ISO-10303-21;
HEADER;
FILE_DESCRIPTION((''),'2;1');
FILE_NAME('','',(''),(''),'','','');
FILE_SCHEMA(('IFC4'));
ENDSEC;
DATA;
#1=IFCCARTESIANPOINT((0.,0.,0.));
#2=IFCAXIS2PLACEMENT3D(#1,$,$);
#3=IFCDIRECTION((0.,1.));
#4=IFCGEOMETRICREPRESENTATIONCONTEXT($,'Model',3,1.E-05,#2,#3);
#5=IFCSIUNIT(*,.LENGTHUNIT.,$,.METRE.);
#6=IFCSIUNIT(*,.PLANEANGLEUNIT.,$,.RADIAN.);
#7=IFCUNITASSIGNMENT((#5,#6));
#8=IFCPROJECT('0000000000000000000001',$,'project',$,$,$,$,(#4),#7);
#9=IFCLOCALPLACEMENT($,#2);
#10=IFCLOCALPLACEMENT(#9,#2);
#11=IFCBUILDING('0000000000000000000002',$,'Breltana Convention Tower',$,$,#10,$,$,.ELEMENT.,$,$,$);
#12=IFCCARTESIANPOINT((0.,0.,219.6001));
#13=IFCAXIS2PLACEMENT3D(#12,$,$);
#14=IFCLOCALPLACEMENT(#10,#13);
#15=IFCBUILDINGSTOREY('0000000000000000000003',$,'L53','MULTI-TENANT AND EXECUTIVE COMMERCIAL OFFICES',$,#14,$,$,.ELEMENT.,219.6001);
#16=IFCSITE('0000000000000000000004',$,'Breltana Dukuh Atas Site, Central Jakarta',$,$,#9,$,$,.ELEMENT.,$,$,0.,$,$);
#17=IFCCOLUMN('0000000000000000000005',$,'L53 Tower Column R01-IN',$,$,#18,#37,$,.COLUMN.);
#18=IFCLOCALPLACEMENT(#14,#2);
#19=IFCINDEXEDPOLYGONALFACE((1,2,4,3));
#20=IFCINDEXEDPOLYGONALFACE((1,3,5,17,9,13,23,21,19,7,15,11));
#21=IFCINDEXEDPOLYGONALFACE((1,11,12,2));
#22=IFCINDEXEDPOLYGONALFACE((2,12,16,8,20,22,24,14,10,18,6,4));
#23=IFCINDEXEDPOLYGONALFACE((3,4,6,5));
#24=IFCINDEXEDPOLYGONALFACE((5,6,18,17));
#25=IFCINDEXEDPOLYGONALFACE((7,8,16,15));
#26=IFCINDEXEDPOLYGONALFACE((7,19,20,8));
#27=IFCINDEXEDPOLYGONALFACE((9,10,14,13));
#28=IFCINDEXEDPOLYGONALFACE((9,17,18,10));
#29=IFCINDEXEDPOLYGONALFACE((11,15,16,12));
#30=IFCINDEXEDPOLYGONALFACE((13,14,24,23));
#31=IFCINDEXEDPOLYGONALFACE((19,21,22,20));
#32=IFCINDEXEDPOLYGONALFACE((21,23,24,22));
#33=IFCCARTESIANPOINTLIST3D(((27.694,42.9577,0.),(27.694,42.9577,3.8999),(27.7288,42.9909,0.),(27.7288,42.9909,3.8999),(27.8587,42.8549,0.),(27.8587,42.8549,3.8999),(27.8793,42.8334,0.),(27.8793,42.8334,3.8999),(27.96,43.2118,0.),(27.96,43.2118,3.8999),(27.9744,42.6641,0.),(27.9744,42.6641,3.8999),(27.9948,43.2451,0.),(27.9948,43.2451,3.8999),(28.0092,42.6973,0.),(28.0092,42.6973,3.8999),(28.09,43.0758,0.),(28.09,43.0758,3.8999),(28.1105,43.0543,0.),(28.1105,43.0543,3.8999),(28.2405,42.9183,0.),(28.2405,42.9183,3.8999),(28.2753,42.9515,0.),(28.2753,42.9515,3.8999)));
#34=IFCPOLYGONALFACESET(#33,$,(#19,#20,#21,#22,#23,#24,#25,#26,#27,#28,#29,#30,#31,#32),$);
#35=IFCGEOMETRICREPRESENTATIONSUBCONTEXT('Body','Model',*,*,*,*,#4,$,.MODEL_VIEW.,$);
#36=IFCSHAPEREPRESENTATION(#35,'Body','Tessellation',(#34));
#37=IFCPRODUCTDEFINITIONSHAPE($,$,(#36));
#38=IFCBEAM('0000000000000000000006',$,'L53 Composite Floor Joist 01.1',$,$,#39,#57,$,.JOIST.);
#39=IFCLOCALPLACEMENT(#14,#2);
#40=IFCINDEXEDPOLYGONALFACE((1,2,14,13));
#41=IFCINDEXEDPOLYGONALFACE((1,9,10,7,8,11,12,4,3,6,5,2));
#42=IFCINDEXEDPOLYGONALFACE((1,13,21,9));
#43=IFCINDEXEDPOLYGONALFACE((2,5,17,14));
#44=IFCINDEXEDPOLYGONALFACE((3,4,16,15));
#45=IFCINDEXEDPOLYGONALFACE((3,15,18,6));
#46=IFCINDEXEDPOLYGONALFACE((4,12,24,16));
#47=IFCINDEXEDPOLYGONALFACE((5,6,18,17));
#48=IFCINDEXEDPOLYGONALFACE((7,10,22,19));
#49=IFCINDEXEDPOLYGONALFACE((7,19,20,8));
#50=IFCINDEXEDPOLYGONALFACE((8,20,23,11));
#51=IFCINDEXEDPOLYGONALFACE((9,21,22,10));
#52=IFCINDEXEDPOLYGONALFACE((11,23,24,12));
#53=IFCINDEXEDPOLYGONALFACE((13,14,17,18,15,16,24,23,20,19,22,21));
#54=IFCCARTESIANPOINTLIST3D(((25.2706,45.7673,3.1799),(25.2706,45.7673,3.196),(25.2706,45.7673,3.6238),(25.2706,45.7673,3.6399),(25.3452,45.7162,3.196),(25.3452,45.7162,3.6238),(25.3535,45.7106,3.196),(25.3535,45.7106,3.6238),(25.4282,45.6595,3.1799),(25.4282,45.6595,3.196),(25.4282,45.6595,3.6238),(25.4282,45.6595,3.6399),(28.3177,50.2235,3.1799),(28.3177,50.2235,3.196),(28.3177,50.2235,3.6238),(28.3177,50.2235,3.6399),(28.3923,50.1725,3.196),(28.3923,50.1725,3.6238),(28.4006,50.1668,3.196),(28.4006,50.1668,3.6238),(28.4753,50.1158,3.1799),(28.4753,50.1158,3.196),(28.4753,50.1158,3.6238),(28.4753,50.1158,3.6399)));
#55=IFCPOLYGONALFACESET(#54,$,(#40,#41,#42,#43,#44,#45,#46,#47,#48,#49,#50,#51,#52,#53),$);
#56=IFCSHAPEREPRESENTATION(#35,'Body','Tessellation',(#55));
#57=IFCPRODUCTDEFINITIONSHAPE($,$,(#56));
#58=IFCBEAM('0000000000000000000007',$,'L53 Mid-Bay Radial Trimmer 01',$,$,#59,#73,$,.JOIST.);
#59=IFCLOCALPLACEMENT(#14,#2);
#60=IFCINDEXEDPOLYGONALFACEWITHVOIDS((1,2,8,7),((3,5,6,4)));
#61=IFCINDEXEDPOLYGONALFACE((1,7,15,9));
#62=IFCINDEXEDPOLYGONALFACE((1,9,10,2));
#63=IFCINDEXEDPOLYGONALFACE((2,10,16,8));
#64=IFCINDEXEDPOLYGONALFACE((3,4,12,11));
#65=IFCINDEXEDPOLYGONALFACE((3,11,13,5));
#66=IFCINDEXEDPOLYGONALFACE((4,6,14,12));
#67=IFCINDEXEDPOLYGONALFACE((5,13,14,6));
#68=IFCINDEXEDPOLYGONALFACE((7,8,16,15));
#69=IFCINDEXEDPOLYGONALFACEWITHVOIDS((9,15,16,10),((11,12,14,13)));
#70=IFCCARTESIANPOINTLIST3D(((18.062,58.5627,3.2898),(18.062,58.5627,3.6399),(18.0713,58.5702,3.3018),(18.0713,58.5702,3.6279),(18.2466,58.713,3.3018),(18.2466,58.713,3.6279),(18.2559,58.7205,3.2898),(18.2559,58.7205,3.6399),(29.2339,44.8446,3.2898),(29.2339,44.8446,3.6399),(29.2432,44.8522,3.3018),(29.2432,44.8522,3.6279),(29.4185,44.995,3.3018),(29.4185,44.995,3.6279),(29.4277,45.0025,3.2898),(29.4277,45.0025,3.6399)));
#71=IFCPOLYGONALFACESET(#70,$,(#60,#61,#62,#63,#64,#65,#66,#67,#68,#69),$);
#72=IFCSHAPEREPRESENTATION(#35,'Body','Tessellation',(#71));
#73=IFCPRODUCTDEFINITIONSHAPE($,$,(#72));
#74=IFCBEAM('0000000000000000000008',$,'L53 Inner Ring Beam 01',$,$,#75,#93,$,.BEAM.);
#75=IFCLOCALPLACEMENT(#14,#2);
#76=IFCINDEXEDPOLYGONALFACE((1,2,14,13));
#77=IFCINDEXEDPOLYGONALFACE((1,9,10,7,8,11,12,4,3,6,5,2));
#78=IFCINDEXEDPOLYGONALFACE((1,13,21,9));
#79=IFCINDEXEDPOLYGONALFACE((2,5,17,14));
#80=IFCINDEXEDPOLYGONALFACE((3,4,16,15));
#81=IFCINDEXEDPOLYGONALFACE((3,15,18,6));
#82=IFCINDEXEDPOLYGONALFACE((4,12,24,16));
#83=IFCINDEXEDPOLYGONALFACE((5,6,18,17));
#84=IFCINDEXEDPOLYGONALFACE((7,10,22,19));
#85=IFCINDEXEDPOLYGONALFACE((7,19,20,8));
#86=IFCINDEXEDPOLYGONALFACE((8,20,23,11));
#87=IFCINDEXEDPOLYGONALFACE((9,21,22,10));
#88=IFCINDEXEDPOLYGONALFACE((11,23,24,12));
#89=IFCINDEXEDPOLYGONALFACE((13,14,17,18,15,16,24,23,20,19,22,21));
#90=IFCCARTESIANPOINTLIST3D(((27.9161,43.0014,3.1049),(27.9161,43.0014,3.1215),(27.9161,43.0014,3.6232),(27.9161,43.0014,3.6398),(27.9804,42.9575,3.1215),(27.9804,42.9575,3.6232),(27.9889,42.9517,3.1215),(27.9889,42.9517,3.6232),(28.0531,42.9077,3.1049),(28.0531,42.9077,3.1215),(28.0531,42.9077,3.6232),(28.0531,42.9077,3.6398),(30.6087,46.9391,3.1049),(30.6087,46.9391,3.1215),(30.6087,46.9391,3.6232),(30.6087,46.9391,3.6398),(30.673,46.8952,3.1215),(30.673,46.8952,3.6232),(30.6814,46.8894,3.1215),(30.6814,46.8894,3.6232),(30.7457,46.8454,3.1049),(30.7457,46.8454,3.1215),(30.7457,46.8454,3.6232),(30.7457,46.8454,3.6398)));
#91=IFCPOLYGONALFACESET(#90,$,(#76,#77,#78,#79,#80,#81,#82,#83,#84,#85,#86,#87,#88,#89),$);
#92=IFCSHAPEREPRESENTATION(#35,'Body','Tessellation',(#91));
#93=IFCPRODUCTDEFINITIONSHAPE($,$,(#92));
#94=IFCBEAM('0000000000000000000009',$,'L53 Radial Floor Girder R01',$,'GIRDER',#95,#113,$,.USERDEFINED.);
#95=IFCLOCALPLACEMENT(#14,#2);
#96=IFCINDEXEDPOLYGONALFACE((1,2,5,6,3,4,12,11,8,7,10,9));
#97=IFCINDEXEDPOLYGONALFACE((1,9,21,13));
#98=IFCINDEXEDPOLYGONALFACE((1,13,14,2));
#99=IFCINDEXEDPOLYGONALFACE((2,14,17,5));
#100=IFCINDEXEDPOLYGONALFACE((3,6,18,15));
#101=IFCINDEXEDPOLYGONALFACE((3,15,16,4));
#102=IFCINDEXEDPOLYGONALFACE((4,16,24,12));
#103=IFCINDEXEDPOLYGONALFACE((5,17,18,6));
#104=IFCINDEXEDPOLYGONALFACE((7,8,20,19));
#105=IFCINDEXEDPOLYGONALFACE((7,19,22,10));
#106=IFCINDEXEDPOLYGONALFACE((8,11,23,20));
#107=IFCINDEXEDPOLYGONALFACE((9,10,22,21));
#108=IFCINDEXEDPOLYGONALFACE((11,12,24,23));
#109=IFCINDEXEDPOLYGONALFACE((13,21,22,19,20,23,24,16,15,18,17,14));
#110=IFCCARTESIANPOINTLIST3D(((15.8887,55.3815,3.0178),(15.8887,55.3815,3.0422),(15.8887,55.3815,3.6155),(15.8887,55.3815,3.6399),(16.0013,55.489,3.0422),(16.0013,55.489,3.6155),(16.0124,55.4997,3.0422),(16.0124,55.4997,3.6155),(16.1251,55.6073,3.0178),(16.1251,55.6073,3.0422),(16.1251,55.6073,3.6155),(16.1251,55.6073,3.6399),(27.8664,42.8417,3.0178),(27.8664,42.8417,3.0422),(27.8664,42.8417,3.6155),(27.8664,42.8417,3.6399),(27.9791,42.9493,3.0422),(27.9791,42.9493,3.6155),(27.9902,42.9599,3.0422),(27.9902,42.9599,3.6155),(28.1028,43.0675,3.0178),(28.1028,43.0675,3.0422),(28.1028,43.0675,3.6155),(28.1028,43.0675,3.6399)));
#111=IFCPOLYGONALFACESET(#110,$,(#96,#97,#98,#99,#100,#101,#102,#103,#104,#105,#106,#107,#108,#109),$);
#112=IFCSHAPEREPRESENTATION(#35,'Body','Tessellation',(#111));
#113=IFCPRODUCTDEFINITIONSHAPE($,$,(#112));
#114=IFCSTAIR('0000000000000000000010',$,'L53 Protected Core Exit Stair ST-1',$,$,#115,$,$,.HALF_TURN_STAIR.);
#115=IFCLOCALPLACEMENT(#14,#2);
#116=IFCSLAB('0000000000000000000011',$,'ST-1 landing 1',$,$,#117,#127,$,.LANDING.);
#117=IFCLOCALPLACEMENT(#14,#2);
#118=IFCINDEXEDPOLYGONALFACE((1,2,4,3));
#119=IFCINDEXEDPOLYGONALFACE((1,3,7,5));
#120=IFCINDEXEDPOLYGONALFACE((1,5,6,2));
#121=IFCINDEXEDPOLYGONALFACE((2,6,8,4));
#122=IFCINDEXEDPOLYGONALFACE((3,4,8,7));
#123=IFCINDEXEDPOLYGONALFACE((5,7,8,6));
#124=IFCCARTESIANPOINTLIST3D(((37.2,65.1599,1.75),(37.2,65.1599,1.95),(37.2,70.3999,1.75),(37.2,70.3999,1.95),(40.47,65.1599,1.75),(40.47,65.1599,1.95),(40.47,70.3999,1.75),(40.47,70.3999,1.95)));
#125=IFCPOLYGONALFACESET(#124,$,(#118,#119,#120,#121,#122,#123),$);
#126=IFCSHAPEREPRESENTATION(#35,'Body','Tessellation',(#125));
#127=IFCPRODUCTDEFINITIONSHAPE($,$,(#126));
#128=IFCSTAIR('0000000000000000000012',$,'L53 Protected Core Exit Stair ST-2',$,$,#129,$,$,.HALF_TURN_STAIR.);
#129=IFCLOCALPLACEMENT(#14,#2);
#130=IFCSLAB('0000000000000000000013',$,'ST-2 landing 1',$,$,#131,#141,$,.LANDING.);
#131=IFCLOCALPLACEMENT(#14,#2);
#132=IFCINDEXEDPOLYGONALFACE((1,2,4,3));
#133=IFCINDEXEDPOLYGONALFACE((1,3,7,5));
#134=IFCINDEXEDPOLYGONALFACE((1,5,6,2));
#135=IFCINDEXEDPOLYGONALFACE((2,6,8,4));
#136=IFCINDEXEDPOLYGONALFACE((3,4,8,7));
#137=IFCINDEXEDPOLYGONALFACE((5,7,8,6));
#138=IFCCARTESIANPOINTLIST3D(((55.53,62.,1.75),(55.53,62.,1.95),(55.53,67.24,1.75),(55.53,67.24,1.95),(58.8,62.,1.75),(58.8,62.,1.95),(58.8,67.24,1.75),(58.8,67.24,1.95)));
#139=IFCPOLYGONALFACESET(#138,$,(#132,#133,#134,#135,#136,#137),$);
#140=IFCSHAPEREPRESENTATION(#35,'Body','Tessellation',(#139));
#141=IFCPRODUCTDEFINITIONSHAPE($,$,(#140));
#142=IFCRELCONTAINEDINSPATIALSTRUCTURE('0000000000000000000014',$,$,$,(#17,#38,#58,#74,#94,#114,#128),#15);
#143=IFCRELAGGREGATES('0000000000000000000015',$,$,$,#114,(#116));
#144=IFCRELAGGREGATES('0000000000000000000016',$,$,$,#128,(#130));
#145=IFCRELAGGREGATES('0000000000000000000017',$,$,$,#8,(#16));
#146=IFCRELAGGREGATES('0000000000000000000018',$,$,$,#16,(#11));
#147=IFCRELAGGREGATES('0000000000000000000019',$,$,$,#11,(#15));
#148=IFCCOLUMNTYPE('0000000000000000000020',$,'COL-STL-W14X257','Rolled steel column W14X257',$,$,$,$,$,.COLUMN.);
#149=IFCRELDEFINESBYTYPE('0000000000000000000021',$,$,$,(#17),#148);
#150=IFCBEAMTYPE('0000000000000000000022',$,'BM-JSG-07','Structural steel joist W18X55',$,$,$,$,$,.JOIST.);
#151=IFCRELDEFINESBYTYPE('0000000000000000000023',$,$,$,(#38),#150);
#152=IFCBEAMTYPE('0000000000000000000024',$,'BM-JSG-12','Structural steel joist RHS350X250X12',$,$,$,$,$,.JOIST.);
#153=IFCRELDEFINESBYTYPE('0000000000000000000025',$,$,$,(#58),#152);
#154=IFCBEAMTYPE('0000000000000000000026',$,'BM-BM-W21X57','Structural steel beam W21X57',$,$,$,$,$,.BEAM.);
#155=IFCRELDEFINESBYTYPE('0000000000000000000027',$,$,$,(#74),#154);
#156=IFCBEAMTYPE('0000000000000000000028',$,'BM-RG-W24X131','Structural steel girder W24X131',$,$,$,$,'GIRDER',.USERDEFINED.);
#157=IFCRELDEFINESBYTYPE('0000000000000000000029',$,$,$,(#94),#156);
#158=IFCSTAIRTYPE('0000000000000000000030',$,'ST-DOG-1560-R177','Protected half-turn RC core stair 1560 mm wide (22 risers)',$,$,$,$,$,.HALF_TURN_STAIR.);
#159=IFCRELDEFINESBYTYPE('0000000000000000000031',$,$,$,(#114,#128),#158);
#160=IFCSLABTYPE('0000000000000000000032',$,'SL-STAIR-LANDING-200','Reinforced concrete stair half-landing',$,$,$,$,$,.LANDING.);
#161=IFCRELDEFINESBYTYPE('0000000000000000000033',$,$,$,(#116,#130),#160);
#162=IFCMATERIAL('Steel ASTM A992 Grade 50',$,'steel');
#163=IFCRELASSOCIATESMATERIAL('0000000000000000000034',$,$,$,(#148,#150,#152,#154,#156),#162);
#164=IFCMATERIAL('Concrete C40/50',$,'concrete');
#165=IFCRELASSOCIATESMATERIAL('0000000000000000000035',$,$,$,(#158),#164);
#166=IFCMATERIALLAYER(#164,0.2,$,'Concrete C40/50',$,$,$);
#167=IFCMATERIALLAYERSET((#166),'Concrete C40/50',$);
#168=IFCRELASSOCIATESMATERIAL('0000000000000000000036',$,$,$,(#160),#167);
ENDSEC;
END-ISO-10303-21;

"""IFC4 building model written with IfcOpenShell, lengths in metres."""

from ifc_helpers import new_model, si_unit, direction, frame, origin, origin_2d, place, context, subcontext, project, spatial, polyline, hollow_rectangle, i_section, outline, extrude, source, transform, mapped, material, layer, layer_set, material_profile, profile_set, type_object, type_shapes, element, aggregate, save


model = new_model("IFC4")

# Units and contexts
model_context = context("Model", 3, precision=1e-05, world=origin(), true_north=direction((0.0, 1.0)))
body_context = subcontext(model_context, "Body", "Model", "MODEL_VIEW")
ifc_project = project(units=[si_unit("LENGTHUNIT", "METRE"), si_unit("PLANEANGLEUNIT", "RADIAN")], contexts=[model_context])

# Site, building, storey
site_placement = place(None, origin())
site = spatial("IfcSite", under=ifc_project, at=site_placement, Name="Breltana Dukuh Atas Site, Central Jakarta", CompositionType="ELEMENT", RefElevation=0.0)
building_placement = place(site_placement, origin())
building = spatial("IfcBuilding", under=site, at=building_placement, Name="Breltana Convention Tower", CompositionType="ELEMENT")
storey_placement = place(building_placement, frame((0.0, 0.0, 219.6001)))
storey = spatial("IfcBuildingStorey", under=building, at=storey_placement, Name="L53", Description="MULTI-TENANT AND EXECUTIVE COMMERCIAL OFFICES", CompositionType="ELEMENT", Elevation=219.6001)

# Column
ifc_material_1 = material(Name="Steel ASTM A992 Grade 50", Category="steel")
ifc_material_profile_1 = material_profile(ifc_material_1, i_section(OverallWidth=0.406, OverallDepth=0.416, WebThickness=0.0298, FlangeThickness=0.0481, at=origin_2d()), Name="W14X257")
ifc_profile_set_1 = profile_set([ifc_material_profile_1], Name="Steel ASTM A992 Grade 50")
column_type = type_object("IfcColumnType", Name="COL-STL-W14X257", Description="Rolled steel column W14X257", PredefinedType="COLUMN", material=ifc_profile_set_1)
shared_shape_1 = source(origin(), body_context, "Body", "SweptSolid", [
    extrude(i_section(OverallWidth=0.406, OverallDepth=0.416, WebThickness=0.0298, FlangeThickness=0.0481, at=origin_2d()), origin(), (0.0, 0.0, 1.0), 3.8999),
])
column_placement = place(storey_placement, frame((27.9846, 42.9546, 0.0), z_axis=(0.0, 0.0, 1.0), x_axis=(-0.690756, 0.723088, 0.0)))
element("IfcColumn", 1, at=column_placement, inside=storey, type_object=column_type, Name="L53 Tower Column R01-IN", PredefinedType="COLUMN", context=body_context, shape_type="MappedRepresentation", body=[
    mapped(shared_shape_1, transform((0.0, 0.0, 0.0), scale=1.0)),
])

# Beams
ifc_material_profile_2 = material_profile(ifc_material_1, i_section(OverallWidth=0.1909, OverallDepth=0.46, WebThickness=0.01, FlangeThickness=0.0161, at=origin_2d()), Name="W18X55")
ifc_profile_set_2 = profile_set([ifc_material_profile_2], Name="Steel ASTM A992 Grade 50")
beam_type_1 = type_object("IfcBeamType", Name="BM-JSG-07", Description="Structural steel joist W18X55", PredefinedType="JOIST", material=ifc_profile_set_2)
shared_shape_2 = source(origin(), body_context, "Body", "SweptSolid", [
    extrude(i_section(OverallWidth=0.1909, OverallDepth=0.46, WebThickness=0.01, FlangeThickness=0.0161, at=origin_2d()), origin(), (0.0, 0.0, 1.0), 5.3984),
])
type_shapes(beam_type_1, [shared_shape_2])
beam_1_placement = place(storey_placement, frame((25.3494, 45.7134, 3.4099), z_axis=(0.564441, 0.825474, 0.0), x_axis=(-0.825474, 0.564441, 0.0)))
element("IfcBeam", 2, at=beam_1_placement, inside=storey, type_object=beam_type_1, Name="L53 Composite Floor Joist 01.1", PredefinedType="JOIST", context=body_context, shape_type="MappedRepresentation", body=[
    mapped(shared_shape_2, transform((0.0, 0.0, 0.0), scale=1.0)),
])
ifc_material_profile_3 = material_profile(ifc_material_1, hollow_rectangle(XDim=0.25, YDim=0.3501, WallThickness=0.012, at=origin_2d()), Name="RHS350X250X12")
ifc_profile_set_3 = profile_set([ifc_material_profile_3], Name="Steel ASTM A992 Grade 50")
beam_type_2 = type_object("IfcBeamType", Name="BM-JSG-12", Description="Structural steel joist RHS350X250X12", PredefinedType="JOIST", material=ifc_profile_set_3)
shared_shape_3 = source(origin(), body_context, "Body", "SweptSolid", [
    extrude(hollow_rectangle(XDim=0.25, YDim=0.3501, WallThickness=0.012, at=origin_2d()), origin(), (0.0, 0.0, 1.0), 17.6917),
])
type_shapes(beam_type_2, [shared_shape_3])
beam_2_placement = place(storey_placement, frame((29.3308, 44.9236, 3.4648), z_axis=(-0.631477, 0.775395, 0.0), x_axis=(-0.775395, -0.631477, 0.0)))
element("IfcBeam", 3, at=beam_2_placement, inside=storey, type_object=beam_type_2, Name="L53 Mid-Bay Radial Trimmer 01", PredefinedType="JOIST", context=body_context, shape_type="MappedRepresentation", body=[
    mapped(shared_shape_3, transform((0.0, 0.0, 0.0), scale=1.0)),
])
ifc_material_profile_4 = material_profile(ifc_material_1, i_section(OverallWidth=0.166, OverallDepth=0.5349, WebThickness=0.0103, FlangeThickness=0.0166, at=origin_2d()), Name="W21X57")
ifc_profile_set_4 = profile_set([ifc_material_profile_4], Name="Steel ASTM A992 Grade 50")
beam_type_3 = type_object("IfcBeamType", Name="BM-BM-W21X57", Description="Structural steel beam W21X57", PredefinedType="BEAM", material=ifc_profile_set_4)
shared_shape_4 = source(origin(), body_context, "Body", "SweptSolid", [
    extrude(i_section(OverallWidth=0.166, OverallDepth=0.5349, WebThickness=0.0103, FlangeThickness=0.0166, at=origin_2d()), origin(), (0.0, 0.0, 1.0), 4.7703),
])
beam_3_placement = place(storey_placement, frame((27.9846, 42.9546, 3.3723), z_axis=(0.564453, 0.825465, 0.0), x_axis=(-0.825465, 0.564453, 0.0)))
element("IfcBeam", 4, at=beam_3_placement, inside=storey, type_object=beam_type_3, Name="L53 Inner Ring Beam 01", PredefinedType="BEAM", context=body_context, shape_type="MappedRepresentation", body=[
    mapped(shared_shape_4, transform((0.0, 0.0, 0.0), scale=1.0)),
])
ifc_material_profile_5 = material_profile(ifc_material_1, i_section(OverallWidth=0.3269, OverallDepth=0.6221, WebThickness=0.0154, FlangeThickness=0.0244, at=origin_2d()), Name="W24X131")
ifc_profile_set_5 = profile_set([ifc_material_profile_5], Name="Steel ASTM A992 Grade 50")
beam_type_4 = type_object("IfcBeamType", Name="BM-RG-W24X131", Description="Structural steel girder W24X131", ElementType="GIRDER", PredefinedType="USERDEFINED", material=ifc_profile_set_5)
shared_shape_5 = source(origin(), body_context, "Body", "SweptSolid", [
    extrude(i_section(OverallWidth=0.3269, OverallDepth=0.6221, WebThickness=0.0154, FlangeThickness=0.0244, at=origin_2d()), origin(), (0.0, 0.0, 1.0), 17.3411),
])
type_shapes(beam_type_4, [shared_shape_5])
beam_4_placement = place(storey_placement, frame((27.9846, 42.9546, 3.3289), z_axis=(-0.690716, 0.723126, 0.0), x_axis=(-0.723126, -0.690716, 0.0)))
element("IfcBeam", 5, at=beam_4_placement, inside=storey, type_object=beam_type_4, Name="L53 Radial Floor Girder R01", ObjectType="GIRDER", PredefinedType="USERDEFINED", context=body_context, shape_type="MappedRepresentation", body=[
    mapped(shared_shape_5, transform((0.0, 0.0, 0.0), scale=1.0)),
])

# Stairs, slabs
ifc_material_2 = material(Name="Concrete C40/50", Category="concrete")
stair_type = type_object("IfcStairType", Name="ST-DOG-1560-R177", Description="Protected half-turn RC core stair 1560 mm wide (22 risers)", PredefinedType="HALF_TURN_STAIR", material=ifc_material_2)
stair_1_placement = place(storey_placement, origin())
stair_1 = element("IfcStair", 6, at=stair_1_placement, inside=storey, type_object=stair_type, Name="L53 Protected Core Exit Stair ST-1", PredefinedType="HALF_TURN_STAIR")
ifc_layer_1 = layer(ifc_material_2, 0.2, Name="Concrete C40/50")
ifc_layer_set_1 = layer_set([ifc_layer_1], Name="Concrete C40/50")
slab_type_1 = type_object("IfcSlabType", Name="SL-STAIR-LANDING-200", Description="Reinforced concrete stair half-landing", PredefinedType="LANDING", material=ifc_layer_set_1)
slab_1_placement = place(storey_placement, frame((0.0, 0.0, 1.75)))
slab_1 = element("IfcSlab", 7, at=slab_1_placement, type_object=slab_type_1, Name="ST-1 landing 1", PredefinedType="LANDING", context=body_context, shape_type="SweptSolid", body=[
    extrude(outline(polyline([(40.47, 65.1599), (40.47, 70.3999), (37.2, 70.3999), (37.2, 65.1599), (40.47, 65.1599)])), origin(), (0.0, 0.0, 1.0), 0.2),
])
aggregate(stair_1, [slab_1])
stair_2_placement = place(storey_placement, origin())
stair_2 = element("IfcStair", 8, at=stair_2_placement, inside=storey, type_object=stair_type, Name="L53 Protected Core Exit Stair ST-2", PredefinedType="HALF_TURN_STAIR")
slab_2_placement = place(storey_placement, frame((0.0, 0.0, 1.75)))
slab_2 = element("IfcSlab", 9, at=slab_2_placement, type_object=slab_type_1, Name="ST-2 landing 1", PredefinedType="LANDING", context=body_context, shape_type="SweptSolid", body=[
    extrude(outline(polyline([(55.53, 67.24), (55.53, 62.0), (58.8, 62.0), (58.8, 67.24), (55.53, 67.24)])), origin(), (0.0, 0.0, 1.0), 0.2),
])
aggregate(stair_2, [slab_2])

save(model, "model.ifc")
